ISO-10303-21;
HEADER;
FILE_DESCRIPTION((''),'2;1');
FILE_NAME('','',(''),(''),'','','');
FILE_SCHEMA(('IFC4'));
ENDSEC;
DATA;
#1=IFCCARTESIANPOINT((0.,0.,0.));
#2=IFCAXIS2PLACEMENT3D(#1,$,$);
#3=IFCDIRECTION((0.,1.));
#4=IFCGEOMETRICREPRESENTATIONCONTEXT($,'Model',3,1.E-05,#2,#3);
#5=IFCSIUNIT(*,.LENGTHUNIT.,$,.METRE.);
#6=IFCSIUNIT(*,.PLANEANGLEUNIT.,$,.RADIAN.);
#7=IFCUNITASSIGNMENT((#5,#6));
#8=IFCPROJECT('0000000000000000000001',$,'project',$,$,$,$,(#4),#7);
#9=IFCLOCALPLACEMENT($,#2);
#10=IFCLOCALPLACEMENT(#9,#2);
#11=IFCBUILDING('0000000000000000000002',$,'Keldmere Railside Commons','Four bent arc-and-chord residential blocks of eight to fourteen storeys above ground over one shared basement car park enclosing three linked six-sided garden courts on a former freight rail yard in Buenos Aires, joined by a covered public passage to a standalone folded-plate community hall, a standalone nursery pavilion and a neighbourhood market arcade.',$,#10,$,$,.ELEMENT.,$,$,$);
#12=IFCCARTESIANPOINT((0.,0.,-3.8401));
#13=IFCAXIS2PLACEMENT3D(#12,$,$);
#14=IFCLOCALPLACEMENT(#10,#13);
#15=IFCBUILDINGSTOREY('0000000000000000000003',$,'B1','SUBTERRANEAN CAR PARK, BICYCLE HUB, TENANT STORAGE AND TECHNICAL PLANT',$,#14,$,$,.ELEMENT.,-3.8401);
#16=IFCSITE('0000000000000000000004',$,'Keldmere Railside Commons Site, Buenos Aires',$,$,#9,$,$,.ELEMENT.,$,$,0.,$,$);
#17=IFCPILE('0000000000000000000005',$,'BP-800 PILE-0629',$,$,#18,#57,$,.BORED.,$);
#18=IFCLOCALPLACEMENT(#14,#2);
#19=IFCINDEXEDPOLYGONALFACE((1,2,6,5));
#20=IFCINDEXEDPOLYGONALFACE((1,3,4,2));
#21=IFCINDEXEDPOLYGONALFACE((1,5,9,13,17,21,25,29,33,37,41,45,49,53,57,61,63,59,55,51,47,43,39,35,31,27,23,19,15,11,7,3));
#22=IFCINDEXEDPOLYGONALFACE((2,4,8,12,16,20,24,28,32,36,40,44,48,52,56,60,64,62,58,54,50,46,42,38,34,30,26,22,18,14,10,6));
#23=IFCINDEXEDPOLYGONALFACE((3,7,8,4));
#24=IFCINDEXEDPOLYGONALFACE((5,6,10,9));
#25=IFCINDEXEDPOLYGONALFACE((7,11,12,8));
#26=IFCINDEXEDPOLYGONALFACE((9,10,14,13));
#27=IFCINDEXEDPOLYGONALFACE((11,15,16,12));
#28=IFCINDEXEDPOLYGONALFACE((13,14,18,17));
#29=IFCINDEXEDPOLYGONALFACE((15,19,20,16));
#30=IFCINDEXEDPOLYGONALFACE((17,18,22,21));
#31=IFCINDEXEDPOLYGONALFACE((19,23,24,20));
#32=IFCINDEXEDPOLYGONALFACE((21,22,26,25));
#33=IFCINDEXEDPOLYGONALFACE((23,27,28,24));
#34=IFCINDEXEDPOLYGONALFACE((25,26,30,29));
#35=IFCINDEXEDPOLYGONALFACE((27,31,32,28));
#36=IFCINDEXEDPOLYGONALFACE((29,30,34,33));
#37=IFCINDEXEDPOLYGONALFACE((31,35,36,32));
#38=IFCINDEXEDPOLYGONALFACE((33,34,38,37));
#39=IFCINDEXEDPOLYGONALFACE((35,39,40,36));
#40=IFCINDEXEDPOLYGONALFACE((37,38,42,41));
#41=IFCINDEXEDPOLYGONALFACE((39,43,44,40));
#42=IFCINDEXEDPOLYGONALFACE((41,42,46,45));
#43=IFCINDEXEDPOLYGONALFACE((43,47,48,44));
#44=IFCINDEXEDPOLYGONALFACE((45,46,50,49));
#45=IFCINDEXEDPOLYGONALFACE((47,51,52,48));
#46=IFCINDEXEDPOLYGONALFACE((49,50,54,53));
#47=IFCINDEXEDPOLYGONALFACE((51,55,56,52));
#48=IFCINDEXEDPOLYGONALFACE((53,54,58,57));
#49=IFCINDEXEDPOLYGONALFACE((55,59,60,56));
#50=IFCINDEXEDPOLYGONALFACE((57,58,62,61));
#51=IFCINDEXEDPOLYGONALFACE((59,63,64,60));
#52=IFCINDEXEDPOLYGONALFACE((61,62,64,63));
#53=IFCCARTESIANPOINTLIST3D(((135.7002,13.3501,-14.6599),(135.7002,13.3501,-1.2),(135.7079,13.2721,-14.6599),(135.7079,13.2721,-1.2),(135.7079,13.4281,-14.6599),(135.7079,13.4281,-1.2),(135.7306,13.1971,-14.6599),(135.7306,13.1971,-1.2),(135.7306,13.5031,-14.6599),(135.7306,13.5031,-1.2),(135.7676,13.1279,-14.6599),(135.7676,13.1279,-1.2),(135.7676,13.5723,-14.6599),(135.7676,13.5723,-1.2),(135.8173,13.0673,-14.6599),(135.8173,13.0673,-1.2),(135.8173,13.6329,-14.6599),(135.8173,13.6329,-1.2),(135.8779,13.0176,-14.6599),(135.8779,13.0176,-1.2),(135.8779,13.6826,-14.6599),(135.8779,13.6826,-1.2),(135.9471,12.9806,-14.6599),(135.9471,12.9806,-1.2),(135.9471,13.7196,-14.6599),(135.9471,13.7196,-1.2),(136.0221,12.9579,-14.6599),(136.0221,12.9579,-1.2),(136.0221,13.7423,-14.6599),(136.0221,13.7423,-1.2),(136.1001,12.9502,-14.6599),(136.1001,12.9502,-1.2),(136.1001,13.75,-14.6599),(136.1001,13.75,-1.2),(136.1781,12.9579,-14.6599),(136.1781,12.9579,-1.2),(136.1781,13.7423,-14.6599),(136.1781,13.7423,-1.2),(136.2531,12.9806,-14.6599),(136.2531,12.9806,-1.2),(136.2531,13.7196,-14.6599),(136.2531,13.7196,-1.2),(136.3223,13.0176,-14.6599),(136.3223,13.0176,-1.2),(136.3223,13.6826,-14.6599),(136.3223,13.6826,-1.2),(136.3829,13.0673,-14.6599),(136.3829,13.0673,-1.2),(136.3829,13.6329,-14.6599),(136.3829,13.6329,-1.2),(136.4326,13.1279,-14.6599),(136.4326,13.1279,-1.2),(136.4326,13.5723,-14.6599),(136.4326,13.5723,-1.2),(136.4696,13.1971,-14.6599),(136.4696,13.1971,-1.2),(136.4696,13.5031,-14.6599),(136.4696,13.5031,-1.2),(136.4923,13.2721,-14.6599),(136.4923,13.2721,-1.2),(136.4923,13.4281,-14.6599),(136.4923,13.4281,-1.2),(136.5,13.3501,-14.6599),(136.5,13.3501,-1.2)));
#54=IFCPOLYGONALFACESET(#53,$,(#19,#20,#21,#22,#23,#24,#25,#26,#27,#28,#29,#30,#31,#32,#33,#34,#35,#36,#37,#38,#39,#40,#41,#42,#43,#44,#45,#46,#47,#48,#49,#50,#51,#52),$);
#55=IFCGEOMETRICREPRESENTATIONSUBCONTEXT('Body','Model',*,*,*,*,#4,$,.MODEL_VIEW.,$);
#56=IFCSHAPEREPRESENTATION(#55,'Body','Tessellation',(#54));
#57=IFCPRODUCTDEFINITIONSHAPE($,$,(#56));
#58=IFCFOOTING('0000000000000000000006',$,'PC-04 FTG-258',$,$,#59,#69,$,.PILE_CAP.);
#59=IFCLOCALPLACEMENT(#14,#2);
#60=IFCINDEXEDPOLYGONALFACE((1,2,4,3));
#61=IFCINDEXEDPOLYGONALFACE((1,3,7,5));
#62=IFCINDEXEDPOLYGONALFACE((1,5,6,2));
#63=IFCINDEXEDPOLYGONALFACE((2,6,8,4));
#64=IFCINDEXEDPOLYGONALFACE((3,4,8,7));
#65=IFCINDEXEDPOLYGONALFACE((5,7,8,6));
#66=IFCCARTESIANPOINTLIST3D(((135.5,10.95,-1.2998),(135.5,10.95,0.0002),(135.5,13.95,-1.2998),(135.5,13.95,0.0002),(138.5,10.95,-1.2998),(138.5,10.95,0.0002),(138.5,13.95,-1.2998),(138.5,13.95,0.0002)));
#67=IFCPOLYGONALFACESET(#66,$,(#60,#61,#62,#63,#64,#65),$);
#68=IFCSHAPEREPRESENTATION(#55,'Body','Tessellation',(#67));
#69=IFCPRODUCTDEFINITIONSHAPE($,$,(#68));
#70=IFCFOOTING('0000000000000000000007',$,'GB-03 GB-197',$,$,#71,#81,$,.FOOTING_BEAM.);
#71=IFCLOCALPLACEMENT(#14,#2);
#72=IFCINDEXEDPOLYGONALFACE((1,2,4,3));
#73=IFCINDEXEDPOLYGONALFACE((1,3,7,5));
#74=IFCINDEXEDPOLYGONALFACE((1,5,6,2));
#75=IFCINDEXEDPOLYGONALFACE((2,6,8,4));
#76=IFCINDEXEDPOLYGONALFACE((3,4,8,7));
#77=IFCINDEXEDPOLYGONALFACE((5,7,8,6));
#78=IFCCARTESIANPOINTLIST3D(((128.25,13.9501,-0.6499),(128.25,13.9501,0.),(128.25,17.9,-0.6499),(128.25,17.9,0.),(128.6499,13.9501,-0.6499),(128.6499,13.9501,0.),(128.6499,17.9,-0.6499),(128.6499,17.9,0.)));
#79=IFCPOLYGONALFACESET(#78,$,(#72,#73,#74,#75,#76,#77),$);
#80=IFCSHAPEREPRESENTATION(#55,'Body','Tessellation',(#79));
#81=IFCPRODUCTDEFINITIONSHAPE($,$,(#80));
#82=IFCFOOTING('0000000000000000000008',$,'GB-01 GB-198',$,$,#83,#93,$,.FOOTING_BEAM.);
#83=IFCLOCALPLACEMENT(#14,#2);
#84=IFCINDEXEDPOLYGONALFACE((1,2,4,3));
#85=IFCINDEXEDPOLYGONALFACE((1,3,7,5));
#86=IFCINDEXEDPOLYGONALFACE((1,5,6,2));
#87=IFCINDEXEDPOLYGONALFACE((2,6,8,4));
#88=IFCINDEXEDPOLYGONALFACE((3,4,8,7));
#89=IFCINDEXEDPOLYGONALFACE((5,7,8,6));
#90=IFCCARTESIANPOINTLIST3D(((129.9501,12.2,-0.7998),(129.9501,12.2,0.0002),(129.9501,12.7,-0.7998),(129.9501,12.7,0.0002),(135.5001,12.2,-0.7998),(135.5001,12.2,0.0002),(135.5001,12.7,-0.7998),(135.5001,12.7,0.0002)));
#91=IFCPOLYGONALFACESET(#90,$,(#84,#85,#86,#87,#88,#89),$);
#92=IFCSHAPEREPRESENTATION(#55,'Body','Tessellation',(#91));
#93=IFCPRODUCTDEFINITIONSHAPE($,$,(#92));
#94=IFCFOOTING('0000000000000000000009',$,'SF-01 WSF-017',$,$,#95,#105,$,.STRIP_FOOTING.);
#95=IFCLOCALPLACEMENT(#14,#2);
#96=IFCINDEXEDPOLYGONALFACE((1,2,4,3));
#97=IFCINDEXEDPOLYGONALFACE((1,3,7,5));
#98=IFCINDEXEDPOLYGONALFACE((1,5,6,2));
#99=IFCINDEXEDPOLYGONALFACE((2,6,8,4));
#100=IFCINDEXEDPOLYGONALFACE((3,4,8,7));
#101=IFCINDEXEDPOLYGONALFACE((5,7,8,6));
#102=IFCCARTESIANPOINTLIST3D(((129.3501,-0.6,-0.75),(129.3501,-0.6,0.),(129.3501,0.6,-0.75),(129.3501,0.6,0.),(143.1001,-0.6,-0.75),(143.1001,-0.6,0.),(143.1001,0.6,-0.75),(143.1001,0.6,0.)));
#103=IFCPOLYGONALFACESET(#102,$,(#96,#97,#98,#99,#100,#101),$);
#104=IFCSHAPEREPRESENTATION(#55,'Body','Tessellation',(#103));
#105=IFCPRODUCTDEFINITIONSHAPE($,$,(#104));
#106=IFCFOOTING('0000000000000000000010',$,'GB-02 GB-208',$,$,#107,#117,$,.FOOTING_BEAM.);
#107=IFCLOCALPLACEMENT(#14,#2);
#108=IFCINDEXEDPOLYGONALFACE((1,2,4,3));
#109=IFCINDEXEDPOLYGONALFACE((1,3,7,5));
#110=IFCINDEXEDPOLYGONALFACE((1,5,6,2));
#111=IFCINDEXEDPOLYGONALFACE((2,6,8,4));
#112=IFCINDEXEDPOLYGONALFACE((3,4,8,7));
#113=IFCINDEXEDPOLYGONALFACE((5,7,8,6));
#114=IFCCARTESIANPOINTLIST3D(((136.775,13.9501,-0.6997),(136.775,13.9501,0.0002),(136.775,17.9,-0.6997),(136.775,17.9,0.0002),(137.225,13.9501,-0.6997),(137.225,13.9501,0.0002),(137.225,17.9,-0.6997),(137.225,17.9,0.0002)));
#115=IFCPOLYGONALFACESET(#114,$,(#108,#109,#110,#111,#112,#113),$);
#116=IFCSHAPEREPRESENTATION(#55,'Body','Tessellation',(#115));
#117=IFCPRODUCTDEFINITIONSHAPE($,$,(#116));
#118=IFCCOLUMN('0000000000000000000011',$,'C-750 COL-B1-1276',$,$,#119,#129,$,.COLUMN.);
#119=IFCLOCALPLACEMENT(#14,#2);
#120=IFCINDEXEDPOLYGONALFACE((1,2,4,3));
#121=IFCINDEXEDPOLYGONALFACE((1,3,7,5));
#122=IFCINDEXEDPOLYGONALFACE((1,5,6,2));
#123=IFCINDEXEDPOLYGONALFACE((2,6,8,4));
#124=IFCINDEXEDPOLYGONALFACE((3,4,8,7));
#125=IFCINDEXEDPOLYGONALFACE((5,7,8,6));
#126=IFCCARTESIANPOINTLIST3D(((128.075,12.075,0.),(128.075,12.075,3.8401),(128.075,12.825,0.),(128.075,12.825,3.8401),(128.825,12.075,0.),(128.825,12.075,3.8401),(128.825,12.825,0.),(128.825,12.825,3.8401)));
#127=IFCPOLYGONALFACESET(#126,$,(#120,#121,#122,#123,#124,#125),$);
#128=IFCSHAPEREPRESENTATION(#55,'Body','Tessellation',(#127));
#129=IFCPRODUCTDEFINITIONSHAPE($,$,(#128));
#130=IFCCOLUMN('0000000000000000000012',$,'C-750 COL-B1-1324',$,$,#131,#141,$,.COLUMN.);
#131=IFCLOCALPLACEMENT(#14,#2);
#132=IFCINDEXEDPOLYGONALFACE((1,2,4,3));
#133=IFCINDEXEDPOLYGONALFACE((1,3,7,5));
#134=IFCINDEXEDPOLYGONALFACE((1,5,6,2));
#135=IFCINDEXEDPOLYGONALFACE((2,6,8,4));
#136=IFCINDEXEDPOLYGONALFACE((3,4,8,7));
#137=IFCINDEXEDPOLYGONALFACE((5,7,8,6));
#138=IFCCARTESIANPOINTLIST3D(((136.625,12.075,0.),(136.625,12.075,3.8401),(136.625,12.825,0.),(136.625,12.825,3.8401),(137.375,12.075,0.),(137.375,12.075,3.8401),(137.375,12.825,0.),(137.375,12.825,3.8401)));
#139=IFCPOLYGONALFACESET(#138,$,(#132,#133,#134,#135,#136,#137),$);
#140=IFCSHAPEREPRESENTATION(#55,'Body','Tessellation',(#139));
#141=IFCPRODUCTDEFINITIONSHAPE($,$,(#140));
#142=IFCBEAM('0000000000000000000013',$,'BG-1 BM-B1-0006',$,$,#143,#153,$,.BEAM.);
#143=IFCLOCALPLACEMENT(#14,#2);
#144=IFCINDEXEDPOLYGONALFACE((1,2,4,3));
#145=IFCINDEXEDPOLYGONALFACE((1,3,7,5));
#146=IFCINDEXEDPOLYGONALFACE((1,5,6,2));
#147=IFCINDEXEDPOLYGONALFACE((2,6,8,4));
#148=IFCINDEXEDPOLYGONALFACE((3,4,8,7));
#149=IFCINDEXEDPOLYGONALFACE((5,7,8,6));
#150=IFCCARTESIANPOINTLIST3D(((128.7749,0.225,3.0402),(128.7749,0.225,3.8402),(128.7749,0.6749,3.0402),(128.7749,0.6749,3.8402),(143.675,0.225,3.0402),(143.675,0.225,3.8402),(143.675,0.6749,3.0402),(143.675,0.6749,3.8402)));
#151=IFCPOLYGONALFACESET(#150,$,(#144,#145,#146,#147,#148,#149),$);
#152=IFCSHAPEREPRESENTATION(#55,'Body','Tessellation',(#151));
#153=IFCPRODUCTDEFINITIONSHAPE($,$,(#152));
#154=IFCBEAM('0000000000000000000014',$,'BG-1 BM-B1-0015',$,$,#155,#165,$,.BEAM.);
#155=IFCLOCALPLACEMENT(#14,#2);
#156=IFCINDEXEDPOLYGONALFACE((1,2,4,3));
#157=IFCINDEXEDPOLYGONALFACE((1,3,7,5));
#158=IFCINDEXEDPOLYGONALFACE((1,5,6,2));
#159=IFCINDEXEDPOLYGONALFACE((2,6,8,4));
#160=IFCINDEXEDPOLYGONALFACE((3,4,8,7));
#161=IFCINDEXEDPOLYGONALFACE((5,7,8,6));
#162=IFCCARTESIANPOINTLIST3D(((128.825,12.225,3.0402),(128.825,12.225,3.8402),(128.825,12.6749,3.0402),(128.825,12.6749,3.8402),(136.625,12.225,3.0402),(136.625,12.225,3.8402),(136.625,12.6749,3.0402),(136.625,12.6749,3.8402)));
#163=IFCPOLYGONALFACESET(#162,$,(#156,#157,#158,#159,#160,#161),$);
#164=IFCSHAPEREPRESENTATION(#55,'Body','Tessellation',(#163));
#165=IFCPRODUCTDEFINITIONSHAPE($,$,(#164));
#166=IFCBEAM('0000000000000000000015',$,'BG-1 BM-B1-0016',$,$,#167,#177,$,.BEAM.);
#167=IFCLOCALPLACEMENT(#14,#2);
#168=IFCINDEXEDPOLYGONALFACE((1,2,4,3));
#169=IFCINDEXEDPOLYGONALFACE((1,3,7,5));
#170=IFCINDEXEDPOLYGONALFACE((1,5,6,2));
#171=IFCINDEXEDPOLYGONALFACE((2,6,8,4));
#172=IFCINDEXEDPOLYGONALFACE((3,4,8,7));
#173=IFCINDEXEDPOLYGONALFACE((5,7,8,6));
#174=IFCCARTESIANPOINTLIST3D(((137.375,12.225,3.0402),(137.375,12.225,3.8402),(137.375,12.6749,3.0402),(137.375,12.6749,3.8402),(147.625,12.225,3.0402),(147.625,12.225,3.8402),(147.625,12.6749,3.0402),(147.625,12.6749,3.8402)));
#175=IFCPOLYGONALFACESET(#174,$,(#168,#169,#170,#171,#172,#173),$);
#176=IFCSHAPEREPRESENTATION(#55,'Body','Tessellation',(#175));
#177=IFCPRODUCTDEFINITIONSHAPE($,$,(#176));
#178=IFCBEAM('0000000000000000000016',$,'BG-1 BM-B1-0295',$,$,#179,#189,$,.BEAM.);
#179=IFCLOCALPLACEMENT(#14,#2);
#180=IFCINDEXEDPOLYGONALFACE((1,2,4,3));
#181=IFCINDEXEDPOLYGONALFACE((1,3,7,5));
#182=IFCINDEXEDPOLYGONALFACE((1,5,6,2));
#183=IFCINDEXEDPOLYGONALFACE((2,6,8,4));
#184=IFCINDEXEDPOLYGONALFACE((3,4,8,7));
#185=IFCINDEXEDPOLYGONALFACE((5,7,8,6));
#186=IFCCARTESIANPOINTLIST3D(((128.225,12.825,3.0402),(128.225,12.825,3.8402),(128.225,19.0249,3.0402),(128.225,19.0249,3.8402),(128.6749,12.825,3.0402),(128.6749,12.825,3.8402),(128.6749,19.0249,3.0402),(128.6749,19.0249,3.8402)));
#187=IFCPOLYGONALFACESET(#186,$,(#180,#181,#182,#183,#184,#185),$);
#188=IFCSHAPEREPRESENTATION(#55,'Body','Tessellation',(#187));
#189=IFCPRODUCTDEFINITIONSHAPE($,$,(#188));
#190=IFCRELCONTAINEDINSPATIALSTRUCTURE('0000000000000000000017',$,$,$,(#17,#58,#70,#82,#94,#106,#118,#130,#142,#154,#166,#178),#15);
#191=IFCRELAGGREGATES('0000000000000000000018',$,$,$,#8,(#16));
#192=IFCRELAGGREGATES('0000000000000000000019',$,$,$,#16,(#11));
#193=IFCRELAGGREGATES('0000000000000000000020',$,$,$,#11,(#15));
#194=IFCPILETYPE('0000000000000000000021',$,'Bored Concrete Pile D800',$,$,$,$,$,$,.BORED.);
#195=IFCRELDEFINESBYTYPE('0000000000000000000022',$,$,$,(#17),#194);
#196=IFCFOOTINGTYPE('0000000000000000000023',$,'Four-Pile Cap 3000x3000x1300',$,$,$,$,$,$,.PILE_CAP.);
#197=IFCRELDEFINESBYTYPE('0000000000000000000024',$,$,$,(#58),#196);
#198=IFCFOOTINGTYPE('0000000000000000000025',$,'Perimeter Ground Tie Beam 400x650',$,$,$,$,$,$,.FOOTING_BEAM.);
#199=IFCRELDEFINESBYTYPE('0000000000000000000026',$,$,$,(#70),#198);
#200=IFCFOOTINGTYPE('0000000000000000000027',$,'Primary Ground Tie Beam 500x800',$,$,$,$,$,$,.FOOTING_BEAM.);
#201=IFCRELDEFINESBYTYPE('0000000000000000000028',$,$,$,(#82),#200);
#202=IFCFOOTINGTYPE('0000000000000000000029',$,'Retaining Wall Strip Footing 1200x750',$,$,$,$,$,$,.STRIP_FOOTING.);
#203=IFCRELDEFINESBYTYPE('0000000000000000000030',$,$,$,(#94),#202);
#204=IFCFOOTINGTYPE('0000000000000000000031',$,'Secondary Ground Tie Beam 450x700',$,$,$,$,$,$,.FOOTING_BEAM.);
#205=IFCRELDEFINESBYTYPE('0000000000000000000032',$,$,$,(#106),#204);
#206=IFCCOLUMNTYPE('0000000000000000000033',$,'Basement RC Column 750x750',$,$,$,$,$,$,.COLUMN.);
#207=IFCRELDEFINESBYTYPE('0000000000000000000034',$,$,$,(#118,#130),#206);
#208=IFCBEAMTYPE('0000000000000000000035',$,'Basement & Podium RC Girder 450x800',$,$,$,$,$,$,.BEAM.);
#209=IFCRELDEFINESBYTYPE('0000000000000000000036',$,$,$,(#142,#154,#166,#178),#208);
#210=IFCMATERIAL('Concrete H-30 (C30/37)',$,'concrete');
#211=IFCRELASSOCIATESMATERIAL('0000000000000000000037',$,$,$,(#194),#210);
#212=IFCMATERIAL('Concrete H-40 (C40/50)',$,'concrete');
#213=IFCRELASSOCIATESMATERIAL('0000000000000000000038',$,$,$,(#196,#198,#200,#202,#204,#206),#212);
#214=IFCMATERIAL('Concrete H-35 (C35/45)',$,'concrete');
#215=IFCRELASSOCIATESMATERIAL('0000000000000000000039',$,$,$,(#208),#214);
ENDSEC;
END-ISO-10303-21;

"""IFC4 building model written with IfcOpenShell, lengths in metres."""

from ifc_helpers import new_model, si_unit, direction, frame, origin, origin_2d, place, context, subcontext, project, spatial, rectangle, circle, extrude, material, material_profile, profile_set, type_object, element, save


model = new_model("IFC4")

# Units and contexts
model_context = context("Model", 3, precision=1e-05, world=origin(), true_north=direction((0.0, 1.0)))
body_context = subcontext(model_context, "Body", "Model", "MODEL_VIEW")
ifc_project = project(units=[si_unit("LENGTHUNIT", "METRE"), si_unit("PLANEANGLEUNIT", "RADIAN")], contexts=[model_context])

# Site, building, storey
site_placement = place(None, origin())
site = spatial("IfcSite", under=ifc_project, at=site_placement, Name="Keldmere Railside Commons Site, Buenos Aires", CompositionType="ELEMENT", RefElevation=0.0)
building_placement = place(site_placement, origin())
building = spatial("IfcBuilding", under=site, at=building_placement, Name="Keldmere Railside Commons", Description="Four bent arc-and-chord residential blocks of eight to fourteen storeys above ground over one shared basement car park enclosing three linked six-sided garden courts on a former freight rail yard in Buenos Aires, joined by a covered public passage to a standalone folded-plate community hall, a standalone nursery pavilion and a neighbourhood market arcade.", CompositionType="ELEMENT")
storey_placement = place(building_placement, frame((0.0, 0.0, -3.8401)))
storey = spatial("IfcBuildingStorey", under=building, at=storey_placement, Name="B1", Description="SUBTERRANEAN CAR PARK, BICYCLE HUB, TENANT STORAGE AND TECHNICAL PLANT", CompositionType="ELEMENT", Elevation=-3.8401)

# Pile
ifc_material_1 = material(Name="Concrete H-30 (C30/37)", Category="concrete")
ifc_material_profile_1 = material_profile(ifc_material_1, circle(Radius=0.3999, at=origin_2d()), Name="PILE-D800")
ifc_profile_set_1 = profile_set([ifc_material_profile_1], Name="Concrete H-30 (C30/37)")
pile_type = type_object("IfcPileType", Name="Bored Concrete Pile D800", PredefinedType="BORED", material=ifc_profile_set_1)
for number, where, z_axis, x_axis, name in (
    (1, (136.1001, 13.3501, -1.2), (0.0, 0.0, -1.0), (1.0, 0.0, 0.0), "BP-800 PILE-0629"),
):
    element("IfcPile", number, at=place(storey_placement, frame(where, z_axis=z_axis, x_axis=x_axis)), inside=storey, type_object=pile_type, Name=name, PredefinedType="BORED", context=body_context, shape_type="SweptSolid", body=[
        extrude(circle(Radius=0.3999, at=origin_2d()), origin(), (0.0, 0.0, 1.0), 13.46),
    ])

# Footings
ifc_material_2 = material(Name="Concrete H-40 (C40/50)", Category="concrete")
footing_type_1 = type_object("IfcFootingType", Name="Four-Pile Cap 3000x3000x1300", PredefinedType="PILE_CAP", material=ifc_material_2)
footing_1_placement = place(storey_placement, frame((137.0, 12.45, -1.2998), z_axis=(0.0, 0.0, 1.0), x_axis=(1.0, 0.0, 0.0)))
element("IfcFooting", 2, at=footing_1_placement, inside=storey, type_object=footing_type_1, Name="PC-04 FTG-258", PredefinedType="PILE_CAP", context=body_context, shape_type="SweptSolid", body=[
    extrude(rectangle(XDim=3.0, YDim=3.0, at=origin_2d()), origin(), (0.0, 0.0, 1.0), 1.3),
])
footing_type_2 = type_object("IfcFootingType", Name="Perimeter Ground Tie Beam 400x650", PredefinedType="FOOTING_BEAM", material=ifc_material_2)
footing_2_placement = place(storey_placement, frame((128.45, 15.925, -0.6499), z_axis=(0.0, 0.0, 1.0), x_axis=(0.0, 1.0, 0.0)))
element("IfcFooting", 3, at=footing_2_placement, inside=storey, type_object=footing_type_2, Name="GB-03 GB-197", PredefinedType="FOOTING_BEAM", context=body_context, shape_type="SweptSolid", body=[
    extrude(rectangle(XDim=3.95, YDim=0.3999, at=origin_2d()), origin(), (0.0, 0.0, 1.0), 0.6499),
])
footing_type_3 = type_object("IfcFootingType", Name="Primary Ground Tie Beam 500x800", PredefinedType="FOOTING_BEAM", material=ifc_material_2)
footing_3_placement = place(storey_placement, frame((132.7251, 12.45, -0.7998), z_axis=(0.0, 0.0, 1.0), x_axis=(1.0, 0.0, 0.0)))
element("IfcFooting", 4, at=footing_3_placement, inside=storey, type_object=footing_type_3, Name="GB-01 GB-198", PredefinedType="FOOTING_BEAM", context=body_context, shape_type="SweptSolid", body=[
    extrude(rectangle(XDim=5.55, YDim=0.5, at=origin_2d()), origin(), (0.0, 0.0, 1.0), 0.8),
])
footing_type_4 = type_object("IfcFootingType", Name="Retaining Wall Strip Footing 1200x750", PredefinedType="STRIP_FOOTING", material=ifc_material_2)
footing_4_placement = place(storey_placement, frame((136.2251, 0.0, -0.75), z_axis=(0.0, 0.0, 1.0), x_axis=(1.0, 0.0, 0.0)))
element("IfcFooting", 5, at=footing_4_placement, inside=storey, type_object=footing_type_4, Name="SF-01 WSF-017", PredefinedType="STRIP_FOOTING", context=body_context, shape_type="SweptSolid", body=[
    extrude(rectangle(XDim=13.75, YDim=1.2, at=origin_2d()), origin(), (0.0, 0.0, 1.0), 0.75),
])
footing_type_5 = type_object("IfcFootingType", Name="Secondary Ground Tie Beam 450x700", PredefinedType="FOOTING_BEAM", material=ifc_material_2)
footing_5_placement = place(storey_placement, frame((137.0, 15.925, -0.6997), z_axis=(0.0, 0.0, 1.0), x_axis=(0.0, 1.0, 0.0)))
element("IfcFooting", 6, at=footing_5_placement, inside=storey, type_object=footing_type_5, Name="GB-02 GB-208", PredefinedType="FOOTING_BEAM", context=body_context, shape_type="SweptSolid", body=[
    extrude(rectangle(XDim=3.95, YDim=0.45, at=origin_2d()), origin(), (0.0, 0.0, 1.0), 0.7),
])

# Columns
ifc_material_profile_2 = material_profile(ifc_material_2, rectangle(XDim=0.75, YDim=0.75, at=origin_2d()), Name="RC-750x750")
ifc_profile_set_2 = profile_set([ifc_material_profile_2], Name="Concrete H-40 (C40/50)")
column_type = type_object("IfcColumnType", Name="Basement RC Column 750x750", PredefinedType="COLUMN", material=ifc_profile_set_2)
for number, where, z_axis, x_axis, name in (
    (7, (128.45, 12.45, 0.0), (0.0, 0.0, 1.0), (1.0, 0.0, 0.0), "C-750 COL-B1-1276"),
    (8, (137.0, 12.45, 0.0), (0.0, 0.0, 1.0), (1.0, 0.0, 0.0), "C-750 COL-B1-1324"),
):
    element("IfcColumn", number, at=place(storey_placement, frame(where, z_axis=z_axis, x_axis=x_axis)), inside=storey, type_object=column_type, Name=name, PredefinedType="COLUMN", context=body_context, shape_type="SweptSolid", body=[
        extrude(rectangle(XDim=0.75, YDim=0.75, at=origin_2d()), origin(), (0.0, 0.0, 1.0), 3.8401),
    ])

# Beams
ifc_material_3 = material(Name="Concrete H-35 (C35/45)", Category="concrete")
ifc_material_profile_3 = material_profile(ifc_material_3, rectangle(XDim=0.45, YDim=0.8, at=origin_2d()), Name="RC-450x800")
ifc_profile_set_3 = profile_set([ifc_material_profile_3], Name="Concrete H-35 (C35/45)")
beam_type_1 = type_object("IfcBeamType", Name="Basement & Podium RC Girder 450x800", PredefinedType="BEAM", material=ifc_profile_set_3)
beam_1_placement = place(storey_placement, frame((128.7749, 0.45, 3.4402), z_axis=(1.0, 0.0, 0.0), x_axis=(0.0, 1.0, 0.0)))
element("IfcBeam", 9, at=beam_1_placement, inside=storey, type_object=beam_type_1, Name="BG-1 BM-B1-0006", PredefinedType="BEAM", context=body_context, shape_type="SweptSolid", body=[
    extrude(rectangle(XDim=0.45, YDim=0.8, at=origin_2d()), origin(), (0.0, 0.0, 1.0), 14.9001),
])
beam_2_placement = place(storey_placement, frame((128.825, 12.45, 3.4402), z_axis=(1.0, 0.0, 0.0), x_axis=(0.0, 1.0, 0.0)))
element("IfcBeam", 10, at=beam_2_placement, inside=storey, type_object=beam_type_1, Name="BG-1 BM-B1-0015", PredefinedType="BEAM", context=body_context, shape_type="SweptSolid", body=[
    extrude(rectangle(XDim=0.45, YDim=0.8, at=origin_2d()), origin(), (0.0, 0.0, 1.0), 7.8),
])
beam_3_placement = place(storey_placement, frame((137.375, 12.45, 3.4402), z_axis=(1.0, 0.0, 0.0), x_axis=(0.0, 1.0, 0.0)))
element("IfcBeam", 11, at=beam_3_placement, inside=storey, type_object=beam_type_1, Name="BG-1 BM-B1-0016", PredefinedType="BEAM", context=body_context, shape_type="SweptSolid", body=[
    extrude(rectangle(XDim=0.45, YDim=0.8, at=origin_2d()), origin(), (0.0, 0.0, 1.0), 10.25),
])
for number, where, z_axis, x_axis, name in (
    (12, (128.45, 12.825, 3.4402), (0.0, 1.0, 0.0), (-1.0, 0.0, 0.0), "BG-1 BM-B1-0295"),
):
    element("IfcBeam", number, at=place(storey_placement, frame(where, z_axis=z_axis, x_axis=x_axis)), inside=storey, type_object=beam_type_1, Name=name, PredefinedType="BEAM", context=body_context, shape_type="SweptSolid", body=[
        extrude(rectangle(XDim=0.45, YDim=0.8, at=origin_2d()), origin(), (0.0, 0.0, 1.0), 6.2),
    ])

save(model, "model.ifc")
